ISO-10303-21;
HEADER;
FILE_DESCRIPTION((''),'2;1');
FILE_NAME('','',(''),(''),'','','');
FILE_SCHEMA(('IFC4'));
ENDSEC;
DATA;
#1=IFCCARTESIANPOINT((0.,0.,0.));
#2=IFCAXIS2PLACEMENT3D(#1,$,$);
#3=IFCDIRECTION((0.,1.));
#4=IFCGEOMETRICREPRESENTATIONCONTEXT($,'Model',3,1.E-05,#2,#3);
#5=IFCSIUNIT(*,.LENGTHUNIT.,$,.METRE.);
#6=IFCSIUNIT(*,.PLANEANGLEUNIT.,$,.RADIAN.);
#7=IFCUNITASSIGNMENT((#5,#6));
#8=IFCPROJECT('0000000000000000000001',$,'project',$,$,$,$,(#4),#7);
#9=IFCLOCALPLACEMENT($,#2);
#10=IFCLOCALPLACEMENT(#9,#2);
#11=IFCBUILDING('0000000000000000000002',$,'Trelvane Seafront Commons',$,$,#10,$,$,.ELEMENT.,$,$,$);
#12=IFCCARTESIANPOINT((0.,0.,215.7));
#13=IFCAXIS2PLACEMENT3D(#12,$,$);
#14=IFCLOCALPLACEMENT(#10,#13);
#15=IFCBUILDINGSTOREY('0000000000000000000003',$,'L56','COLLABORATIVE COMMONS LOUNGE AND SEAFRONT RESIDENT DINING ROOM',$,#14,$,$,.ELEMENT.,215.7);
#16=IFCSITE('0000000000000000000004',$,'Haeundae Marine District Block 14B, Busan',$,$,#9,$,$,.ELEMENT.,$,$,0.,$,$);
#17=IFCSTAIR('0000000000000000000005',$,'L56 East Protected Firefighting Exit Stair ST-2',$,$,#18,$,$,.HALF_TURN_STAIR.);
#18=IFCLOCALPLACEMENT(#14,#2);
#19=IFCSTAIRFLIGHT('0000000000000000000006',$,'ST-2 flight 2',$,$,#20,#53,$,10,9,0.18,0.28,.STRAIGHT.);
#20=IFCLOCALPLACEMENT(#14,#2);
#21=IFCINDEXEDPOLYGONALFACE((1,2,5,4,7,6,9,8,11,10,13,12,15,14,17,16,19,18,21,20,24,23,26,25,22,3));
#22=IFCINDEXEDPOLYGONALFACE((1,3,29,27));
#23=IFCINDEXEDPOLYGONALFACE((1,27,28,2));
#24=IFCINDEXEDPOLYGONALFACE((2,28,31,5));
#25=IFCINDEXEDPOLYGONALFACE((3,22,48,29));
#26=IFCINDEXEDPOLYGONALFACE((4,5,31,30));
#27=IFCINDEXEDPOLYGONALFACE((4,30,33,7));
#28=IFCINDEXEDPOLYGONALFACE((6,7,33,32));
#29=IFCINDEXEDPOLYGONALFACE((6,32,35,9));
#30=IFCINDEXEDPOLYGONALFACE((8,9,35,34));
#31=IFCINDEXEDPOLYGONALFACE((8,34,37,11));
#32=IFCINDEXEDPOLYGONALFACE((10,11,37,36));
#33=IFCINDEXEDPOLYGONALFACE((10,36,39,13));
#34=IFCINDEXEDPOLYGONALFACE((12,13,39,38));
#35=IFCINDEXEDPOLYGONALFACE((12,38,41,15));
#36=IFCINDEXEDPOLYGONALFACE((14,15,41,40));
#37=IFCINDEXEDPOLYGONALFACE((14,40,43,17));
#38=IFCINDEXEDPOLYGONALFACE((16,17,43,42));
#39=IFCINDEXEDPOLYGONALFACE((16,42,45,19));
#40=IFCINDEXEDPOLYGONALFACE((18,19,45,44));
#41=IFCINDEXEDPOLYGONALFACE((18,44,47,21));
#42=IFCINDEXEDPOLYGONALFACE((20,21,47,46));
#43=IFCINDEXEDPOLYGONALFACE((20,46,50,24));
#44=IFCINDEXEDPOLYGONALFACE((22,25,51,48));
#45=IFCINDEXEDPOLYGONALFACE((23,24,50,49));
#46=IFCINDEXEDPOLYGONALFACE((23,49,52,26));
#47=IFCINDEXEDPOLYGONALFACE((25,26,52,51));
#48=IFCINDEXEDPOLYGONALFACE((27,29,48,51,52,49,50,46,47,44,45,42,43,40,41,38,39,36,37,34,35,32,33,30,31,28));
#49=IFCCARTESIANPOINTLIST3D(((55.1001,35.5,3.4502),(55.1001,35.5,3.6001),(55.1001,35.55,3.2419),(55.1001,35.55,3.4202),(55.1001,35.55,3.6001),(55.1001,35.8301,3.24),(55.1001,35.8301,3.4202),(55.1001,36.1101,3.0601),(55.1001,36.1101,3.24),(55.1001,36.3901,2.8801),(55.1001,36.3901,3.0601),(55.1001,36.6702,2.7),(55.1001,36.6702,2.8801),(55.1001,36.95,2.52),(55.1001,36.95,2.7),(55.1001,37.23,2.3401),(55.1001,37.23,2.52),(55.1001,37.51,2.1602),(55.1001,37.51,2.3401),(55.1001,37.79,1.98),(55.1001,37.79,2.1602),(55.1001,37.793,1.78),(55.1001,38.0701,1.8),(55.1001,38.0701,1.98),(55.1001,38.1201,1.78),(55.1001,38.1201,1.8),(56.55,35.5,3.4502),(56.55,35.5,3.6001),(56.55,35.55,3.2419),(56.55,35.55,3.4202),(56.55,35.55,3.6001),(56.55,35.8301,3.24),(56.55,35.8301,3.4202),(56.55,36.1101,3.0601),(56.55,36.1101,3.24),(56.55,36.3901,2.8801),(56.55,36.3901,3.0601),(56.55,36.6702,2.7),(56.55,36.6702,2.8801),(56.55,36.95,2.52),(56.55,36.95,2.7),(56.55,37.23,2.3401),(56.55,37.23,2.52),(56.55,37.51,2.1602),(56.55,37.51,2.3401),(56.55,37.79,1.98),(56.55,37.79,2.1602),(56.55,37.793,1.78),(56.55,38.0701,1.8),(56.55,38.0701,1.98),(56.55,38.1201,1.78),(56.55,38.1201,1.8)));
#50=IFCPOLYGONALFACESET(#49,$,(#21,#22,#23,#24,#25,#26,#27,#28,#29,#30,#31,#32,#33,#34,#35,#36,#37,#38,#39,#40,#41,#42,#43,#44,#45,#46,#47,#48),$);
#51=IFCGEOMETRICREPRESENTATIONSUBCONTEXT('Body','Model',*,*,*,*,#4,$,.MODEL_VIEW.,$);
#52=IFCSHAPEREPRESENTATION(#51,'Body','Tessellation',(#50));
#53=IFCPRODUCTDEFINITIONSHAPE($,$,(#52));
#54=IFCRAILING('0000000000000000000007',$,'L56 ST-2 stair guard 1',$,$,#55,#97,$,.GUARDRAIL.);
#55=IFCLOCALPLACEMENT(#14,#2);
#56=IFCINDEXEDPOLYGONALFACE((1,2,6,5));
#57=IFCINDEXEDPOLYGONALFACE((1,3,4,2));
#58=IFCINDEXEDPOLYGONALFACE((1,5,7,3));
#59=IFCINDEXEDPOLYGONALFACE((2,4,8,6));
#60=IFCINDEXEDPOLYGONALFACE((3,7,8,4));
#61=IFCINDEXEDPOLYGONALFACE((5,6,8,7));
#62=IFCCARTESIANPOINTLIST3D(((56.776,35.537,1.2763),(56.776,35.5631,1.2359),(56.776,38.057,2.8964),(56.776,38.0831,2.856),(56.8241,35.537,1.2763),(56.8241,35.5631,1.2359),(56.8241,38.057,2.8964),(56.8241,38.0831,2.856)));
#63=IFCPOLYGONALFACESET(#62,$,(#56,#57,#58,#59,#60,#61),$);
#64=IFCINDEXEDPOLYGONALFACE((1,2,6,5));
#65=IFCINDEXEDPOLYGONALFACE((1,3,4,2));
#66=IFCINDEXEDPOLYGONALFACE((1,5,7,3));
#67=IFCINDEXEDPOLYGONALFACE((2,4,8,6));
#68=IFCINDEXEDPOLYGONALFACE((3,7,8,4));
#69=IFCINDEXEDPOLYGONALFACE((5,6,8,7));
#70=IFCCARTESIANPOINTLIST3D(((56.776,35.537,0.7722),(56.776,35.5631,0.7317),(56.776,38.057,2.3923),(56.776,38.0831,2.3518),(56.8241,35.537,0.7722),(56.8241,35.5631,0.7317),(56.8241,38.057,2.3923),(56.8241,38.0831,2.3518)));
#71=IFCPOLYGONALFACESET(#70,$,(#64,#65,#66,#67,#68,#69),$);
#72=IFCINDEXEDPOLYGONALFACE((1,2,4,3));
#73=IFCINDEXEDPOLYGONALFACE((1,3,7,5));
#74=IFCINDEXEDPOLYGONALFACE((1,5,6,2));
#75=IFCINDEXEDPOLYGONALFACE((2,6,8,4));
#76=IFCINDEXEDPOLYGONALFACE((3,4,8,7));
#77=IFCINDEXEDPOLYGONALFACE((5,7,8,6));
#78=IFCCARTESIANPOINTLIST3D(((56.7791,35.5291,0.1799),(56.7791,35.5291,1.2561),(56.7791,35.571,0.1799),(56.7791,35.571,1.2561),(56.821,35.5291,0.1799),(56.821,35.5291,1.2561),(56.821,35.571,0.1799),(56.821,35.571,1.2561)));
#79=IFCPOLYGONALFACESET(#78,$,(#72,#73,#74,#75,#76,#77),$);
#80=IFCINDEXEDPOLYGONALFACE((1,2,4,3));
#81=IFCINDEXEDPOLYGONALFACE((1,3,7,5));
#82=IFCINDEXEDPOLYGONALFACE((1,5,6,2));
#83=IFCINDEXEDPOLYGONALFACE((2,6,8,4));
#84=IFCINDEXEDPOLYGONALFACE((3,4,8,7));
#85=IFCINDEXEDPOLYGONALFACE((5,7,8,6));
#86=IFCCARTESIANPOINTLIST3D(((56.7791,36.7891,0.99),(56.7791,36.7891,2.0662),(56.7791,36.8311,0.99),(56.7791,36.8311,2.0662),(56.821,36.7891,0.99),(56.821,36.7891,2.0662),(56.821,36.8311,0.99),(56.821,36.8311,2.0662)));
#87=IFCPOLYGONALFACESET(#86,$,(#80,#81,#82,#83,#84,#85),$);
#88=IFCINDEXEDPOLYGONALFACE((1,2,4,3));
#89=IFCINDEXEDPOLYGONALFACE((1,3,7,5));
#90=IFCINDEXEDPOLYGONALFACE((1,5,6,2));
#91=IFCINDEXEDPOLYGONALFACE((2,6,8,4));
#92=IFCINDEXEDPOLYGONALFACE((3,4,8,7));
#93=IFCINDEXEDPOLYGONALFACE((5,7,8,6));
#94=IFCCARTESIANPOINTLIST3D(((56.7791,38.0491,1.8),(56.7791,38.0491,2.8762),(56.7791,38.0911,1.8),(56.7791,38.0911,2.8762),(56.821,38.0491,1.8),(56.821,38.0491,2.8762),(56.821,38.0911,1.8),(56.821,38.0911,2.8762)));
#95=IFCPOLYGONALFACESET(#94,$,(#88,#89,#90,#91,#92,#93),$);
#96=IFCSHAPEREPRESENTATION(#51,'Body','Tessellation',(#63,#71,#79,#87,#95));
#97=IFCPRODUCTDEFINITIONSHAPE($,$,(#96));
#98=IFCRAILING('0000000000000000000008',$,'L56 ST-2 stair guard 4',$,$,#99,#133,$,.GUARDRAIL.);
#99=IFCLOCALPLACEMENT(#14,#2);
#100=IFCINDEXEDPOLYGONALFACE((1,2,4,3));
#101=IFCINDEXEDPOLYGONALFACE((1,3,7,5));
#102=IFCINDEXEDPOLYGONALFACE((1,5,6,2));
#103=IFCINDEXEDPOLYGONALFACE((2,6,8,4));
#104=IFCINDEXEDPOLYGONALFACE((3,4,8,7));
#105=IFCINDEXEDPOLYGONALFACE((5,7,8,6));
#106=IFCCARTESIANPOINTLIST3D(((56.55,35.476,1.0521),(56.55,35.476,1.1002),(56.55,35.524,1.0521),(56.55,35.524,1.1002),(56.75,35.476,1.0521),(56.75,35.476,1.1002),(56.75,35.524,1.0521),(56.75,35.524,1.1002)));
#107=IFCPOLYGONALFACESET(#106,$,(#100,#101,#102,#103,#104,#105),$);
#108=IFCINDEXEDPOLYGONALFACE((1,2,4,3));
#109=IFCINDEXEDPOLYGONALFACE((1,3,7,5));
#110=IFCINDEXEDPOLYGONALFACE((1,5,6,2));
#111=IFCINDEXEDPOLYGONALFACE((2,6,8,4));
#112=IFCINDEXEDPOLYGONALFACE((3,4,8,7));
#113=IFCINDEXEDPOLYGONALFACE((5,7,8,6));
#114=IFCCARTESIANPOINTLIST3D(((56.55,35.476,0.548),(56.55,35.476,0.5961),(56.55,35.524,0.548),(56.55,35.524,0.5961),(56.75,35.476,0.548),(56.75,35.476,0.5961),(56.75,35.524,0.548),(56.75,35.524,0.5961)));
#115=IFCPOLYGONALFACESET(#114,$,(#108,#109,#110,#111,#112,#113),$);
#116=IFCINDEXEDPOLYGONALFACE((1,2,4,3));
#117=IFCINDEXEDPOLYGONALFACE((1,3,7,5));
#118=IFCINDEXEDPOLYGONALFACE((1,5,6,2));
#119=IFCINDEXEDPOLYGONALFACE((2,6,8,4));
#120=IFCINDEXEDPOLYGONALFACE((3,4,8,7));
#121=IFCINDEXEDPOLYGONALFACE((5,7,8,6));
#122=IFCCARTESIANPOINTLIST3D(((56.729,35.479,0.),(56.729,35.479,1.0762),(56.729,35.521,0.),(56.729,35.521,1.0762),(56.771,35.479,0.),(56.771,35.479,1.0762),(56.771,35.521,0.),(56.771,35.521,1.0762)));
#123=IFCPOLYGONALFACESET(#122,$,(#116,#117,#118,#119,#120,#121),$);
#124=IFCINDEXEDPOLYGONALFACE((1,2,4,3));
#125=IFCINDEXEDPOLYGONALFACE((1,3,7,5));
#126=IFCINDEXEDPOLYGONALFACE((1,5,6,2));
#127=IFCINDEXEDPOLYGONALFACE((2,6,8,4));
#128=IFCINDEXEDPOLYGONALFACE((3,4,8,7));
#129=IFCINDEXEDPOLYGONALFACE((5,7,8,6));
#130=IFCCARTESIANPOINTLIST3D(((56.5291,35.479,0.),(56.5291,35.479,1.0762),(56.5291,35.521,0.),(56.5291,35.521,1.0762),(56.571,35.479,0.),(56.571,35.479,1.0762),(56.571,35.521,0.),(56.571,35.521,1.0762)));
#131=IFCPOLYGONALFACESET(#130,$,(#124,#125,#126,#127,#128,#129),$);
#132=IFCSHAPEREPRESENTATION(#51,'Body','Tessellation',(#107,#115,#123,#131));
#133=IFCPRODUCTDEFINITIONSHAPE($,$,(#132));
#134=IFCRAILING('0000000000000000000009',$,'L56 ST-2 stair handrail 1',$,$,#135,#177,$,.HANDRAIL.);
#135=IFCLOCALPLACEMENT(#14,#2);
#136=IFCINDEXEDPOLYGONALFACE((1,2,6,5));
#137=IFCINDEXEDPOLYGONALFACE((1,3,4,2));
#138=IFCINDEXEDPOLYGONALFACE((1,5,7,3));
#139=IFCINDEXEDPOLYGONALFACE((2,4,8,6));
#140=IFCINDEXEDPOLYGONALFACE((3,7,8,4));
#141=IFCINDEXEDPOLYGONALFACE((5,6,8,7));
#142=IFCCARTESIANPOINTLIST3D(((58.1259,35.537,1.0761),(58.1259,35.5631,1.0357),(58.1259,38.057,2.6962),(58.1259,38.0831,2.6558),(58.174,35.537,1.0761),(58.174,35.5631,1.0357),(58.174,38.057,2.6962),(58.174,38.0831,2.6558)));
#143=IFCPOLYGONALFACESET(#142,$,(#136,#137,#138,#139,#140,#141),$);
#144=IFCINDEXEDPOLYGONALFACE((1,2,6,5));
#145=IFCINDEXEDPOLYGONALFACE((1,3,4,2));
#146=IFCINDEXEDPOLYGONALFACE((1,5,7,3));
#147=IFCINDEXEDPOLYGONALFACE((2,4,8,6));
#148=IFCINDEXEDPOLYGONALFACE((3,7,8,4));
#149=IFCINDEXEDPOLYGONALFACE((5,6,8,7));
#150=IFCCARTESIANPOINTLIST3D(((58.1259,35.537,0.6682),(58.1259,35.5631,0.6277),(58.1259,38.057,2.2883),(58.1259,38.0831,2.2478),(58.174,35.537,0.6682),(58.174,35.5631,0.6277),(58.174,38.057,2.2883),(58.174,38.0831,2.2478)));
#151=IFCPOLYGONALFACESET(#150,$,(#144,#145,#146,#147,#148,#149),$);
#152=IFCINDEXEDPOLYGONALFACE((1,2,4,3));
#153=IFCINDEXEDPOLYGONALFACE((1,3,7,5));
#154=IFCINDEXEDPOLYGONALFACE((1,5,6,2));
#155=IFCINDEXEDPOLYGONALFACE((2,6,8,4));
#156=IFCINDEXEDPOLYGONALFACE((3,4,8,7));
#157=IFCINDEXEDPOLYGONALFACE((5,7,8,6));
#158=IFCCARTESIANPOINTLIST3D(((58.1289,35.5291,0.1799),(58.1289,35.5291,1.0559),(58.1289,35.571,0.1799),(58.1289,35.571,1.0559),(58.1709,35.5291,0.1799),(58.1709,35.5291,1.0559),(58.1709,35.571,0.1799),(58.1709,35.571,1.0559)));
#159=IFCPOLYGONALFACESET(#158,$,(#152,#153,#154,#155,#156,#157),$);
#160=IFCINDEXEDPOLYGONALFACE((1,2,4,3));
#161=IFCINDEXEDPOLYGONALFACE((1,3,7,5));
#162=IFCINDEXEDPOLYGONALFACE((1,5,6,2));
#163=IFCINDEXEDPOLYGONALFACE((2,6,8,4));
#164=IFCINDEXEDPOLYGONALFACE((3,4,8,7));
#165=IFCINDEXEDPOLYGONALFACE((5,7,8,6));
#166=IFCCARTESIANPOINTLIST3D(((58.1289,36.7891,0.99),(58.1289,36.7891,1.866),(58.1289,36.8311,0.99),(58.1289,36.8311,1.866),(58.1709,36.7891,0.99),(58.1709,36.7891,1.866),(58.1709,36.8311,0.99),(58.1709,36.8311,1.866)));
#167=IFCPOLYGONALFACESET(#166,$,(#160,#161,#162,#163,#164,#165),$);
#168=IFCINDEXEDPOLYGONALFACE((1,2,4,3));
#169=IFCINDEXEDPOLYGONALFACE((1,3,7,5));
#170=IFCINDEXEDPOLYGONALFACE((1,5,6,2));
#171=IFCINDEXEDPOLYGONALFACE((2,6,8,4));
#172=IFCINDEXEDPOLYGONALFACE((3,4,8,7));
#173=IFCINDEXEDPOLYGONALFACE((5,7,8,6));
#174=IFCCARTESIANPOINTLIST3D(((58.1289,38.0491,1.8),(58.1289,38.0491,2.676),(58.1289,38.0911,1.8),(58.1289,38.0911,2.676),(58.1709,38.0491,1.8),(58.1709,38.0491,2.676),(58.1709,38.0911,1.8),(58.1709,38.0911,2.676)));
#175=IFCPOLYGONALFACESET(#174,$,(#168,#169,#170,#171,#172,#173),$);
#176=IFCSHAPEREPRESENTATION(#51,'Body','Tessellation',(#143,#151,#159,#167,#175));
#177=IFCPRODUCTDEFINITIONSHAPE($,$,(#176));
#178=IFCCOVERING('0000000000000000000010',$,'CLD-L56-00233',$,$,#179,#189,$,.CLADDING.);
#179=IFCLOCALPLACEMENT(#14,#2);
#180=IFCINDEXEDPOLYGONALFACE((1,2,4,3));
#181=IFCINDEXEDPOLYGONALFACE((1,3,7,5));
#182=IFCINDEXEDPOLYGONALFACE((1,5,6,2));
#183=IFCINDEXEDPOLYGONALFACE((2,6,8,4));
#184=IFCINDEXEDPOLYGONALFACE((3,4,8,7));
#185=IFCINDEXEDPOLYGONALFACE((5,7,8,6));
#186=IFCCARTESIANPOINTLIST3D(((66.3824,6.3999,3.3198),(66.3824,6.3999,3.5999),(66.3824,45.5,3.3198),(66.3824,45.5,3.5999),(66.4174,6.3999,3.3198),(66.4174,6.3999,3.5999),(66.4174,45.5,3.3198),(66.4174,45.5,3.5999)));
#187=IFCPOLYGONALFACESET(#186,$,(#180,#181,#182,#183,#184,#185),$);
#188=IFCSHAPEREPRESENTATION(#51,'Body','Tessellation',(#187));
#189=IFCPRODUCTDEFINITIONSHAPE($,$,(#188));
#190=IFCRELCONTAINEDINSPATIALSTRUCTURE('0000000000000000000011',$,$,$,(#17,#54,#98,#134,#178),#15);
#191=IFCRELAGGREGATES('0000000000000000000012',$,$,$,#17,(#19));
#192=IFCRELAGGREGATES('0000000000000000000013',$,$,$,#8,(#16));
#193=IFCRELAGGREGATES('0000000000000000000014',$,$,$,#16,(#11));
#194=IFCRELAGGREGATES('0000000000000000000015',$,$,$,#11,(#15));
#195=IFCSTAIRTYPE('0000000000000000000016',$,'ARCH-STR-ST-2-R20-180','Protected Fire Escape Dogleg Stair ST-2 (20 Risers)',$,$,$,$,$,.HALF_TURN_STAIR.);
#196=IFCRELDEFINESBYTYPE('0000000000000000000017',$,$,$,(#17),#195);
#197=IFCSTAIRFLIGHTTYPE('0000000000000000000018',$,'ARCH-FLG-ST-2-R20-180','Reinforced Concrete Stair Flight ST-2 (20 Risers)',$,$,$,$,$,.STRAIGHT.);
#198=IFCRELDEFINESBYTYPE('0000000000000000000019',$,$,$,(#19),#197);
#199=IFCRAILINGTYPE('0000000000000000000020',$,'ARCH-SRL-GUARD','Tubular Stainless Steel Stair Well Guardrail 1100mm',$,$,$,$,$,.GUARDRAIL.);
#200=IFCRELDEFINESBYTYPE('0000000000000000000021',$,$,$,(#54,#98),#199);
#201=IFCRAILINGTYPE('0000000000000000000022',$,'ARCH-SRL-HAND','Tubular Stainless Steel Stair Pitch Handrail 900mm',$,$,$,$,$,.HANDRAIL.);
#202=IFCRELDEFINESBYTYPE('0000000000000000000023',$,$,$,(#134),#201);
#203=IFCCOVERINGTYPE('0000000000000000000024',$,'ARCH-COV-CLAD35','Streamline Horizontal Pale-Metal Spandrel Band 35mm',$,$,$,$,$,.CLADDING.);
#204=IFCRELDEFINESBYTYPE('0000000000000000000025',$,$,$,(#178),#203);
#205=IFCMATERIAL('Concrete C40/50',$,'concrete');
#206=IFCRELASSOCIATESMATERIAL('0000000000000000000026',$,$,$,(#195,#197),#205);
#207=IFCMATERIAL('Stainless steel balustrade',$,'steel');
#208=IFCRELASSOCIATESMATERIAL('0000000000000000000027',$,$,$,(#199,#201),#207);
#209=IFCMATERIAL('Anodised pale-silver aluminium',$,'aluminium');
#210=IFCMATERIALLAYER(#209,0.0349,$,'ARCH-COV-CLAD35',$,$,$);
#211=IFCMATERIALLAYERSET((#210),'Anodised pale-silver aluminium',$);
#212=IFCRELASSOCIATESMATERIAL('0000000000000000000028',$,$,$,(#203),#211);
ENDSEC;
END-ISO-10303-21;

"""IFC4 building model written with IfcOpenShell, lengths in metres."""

from ifc_helpers import new_model, si_unit, direction, frame, origin, origin_2d, place, context, subcontext, project, spatial, polyline, rectangle, outline, extrude, source, transform, mapped, material, layer, layer_set, type_object, element, aggregate, save


model = new_model("IFC4")

# Units and contexts
model_context = context("Model", 3, precision=1e-05, world=origin(), true_north=direction((0.0, 1.0)))
body_context = subcontext(model_context, "Body", "Model", "MODEL_VIEW")
ifc_project = project(units=[si_unit("LENGTHUNIT", "METRE"), si_unit("PLANEANGLEUNIT", "RADIAN")], contexts=[model_context])

# Site, building, storey
site_placement = place(None, origin())
site = spatial("IfcSite", under=ifc_project, at=site_placement, Name="Haeundae Marine District Block 14B, Busan", CompositionType="ELEMENT", RefElevation=0.0)
building_placement = place(site_placement, origin())
building = spatial("IfcBuilding", under=site, at=building_placement, Name="Trelvane Seafront Commons", CompositionType="ELEMENT")
storey_placement = place(building_placement, frame((0.0, 0.0, 215.7)))
storey = spatial("IfcBuildingStorey", under=building, at=storey_placement, Name="L56", Description="COLLABORATIVE COMMONS LOUNGE AND SEAFRONT RESIDENT DINING ROOM", CompositionType="ELEMENT", Elevation=215.7)

# Shared definitions
ifc_material_1 = material(Name="Anodised pale-silver aluminium", Category="aluminium")

# Stair, stair flight
ifc_material_2 = material(Name="Concrete C40/50", Category="concrete")
stair_type = type_object("IfcStairType", Name="ARCH-STR-ST-2-R20-180", Description="Protected Fire Escape Dogleg Stair ST-2 (20 Risers)", PredefinedType="HALF_TURN_STAIR", material=ifc_material_2)
stair_placement = place(storey_placement, origin())
stair = element("IfcStair", 1, at=stair_placement, inside=storey, type_object=stair_type, Name="L56 East Protected Firefighting Exit Stair ST-2", PredefinedType="HALF_TURN_STAIR")
stair_flight_type = type_object("IfcStairFlightType", Name="ARCH-FLG-ST-2-R20-180", Description="Reinforced Concrete Stair Flight ST-2 (20 Risers)", PredefinedType="STRAIGHT", material=ifc_material_2)
shared_shape_1 = source(origin(), body_context, "Body", "SweptSolid", [
    extrude(outline(polyline([(-0.05, -0.02), (-0.05, 0.0), (0.0, 0.0), (0.0, 0.1799), (0.28, 0.1799), (0.28, 0.3601), (0.5601, 0.3601), (0.5601, 0.54), (0.8401, 0.54), (0.8401, 0.72), (1.1201, 0.72), (1.1201, 0.8999), (1.3999, 0.8999), (1.3999, 1.0801), (1.6799, 1.0801), (1.6799, 1.26), (1.96, 1.26), (1.96, 1.4399), (2.24, 1.4399), (2.24, 1.6201), (2.52, 1.6201), (2.52, 1.8), (2.5701, 1.8), (2.5701, 1.6501), (2.52, 1.4419), (0.2771, -0.02), (-0.05, -0.02)])), frame((0.0, 0.7251, 0.0), z_axis=(0.0, -1.0, 0.0), x_axis=(1.0, 0.0, 0.0)), (0.0, 0.0, 1.0), 1.45),
])
stair_flight_1_placement = place(storey_placement, frame((55.825, 38.0701, 1.8), z_axis=(0.0, 0.0, 1.0), x_axis=(0.0, -1.0, 0.0)))
stair_flight_1 = element("IfcStairFlight", 2, at=stair_flight_1_placement, type_object=stair_flight_type, Name="ST-2 flight 2", NumberOfRisers=10, NumberOfTreads=9, PredefinedType="STRAIGHT", RiserHeight=0.18, TreadLength=0.28, context=body_context, shape_type="MappedRepresentation", body=[
    mapped(shared_shape_1, transform((0.0, 0.0, 0.0), x_axis=(1.0, 0.0, 0.0), y_axis=(0.0, 1.0, 0.0), z_axis=(0.0, 0.0, 1.0), scale=1.0)),
])
aggregate(stair, [stair_flight_1])

# Railings
ifc_material_3 = material(Name="Stainless steel balustrade", Category="steel")
railing_type_1 = type_object("IfcRailingType", Name="ARCH-SRL-GUARD", Description="Tubular Stainless Steel Stair Well Guardrail 1100mm", PredefinedType="GUARDRAIL", material=ifc_material_3)
railing_1_placement = place(storey_placement, frame((56.8, 35.55, 0.1799)))
element("IfcRailing", 3, at=railing_1_placement, inside=storey, type_object=railing_type_1, Name="L56 ST-2 stair guard 1", PredefinedType="GUARDRAIL", context=body_context, shape_type="SweptSolid", body=[
    extrude(rectangle(XDim=0.0481, YDim=0.0481, at=origin_2d()), frame((0.0, 0.0, 1.0762), z_axis=(0.0, 0.841163, 0.540782), x_axis=(-1.0, 0.0, 0.0)), (0.0, 0.0, 1.0), 2.9958),
    extrude(rectangle(XDim=0.0481, YDim=0.0481, at=origin_2d()), frame((0.0, 0.0, 0.572), z_axis=(0.0, 0.841163, 0.540782), x_axis=(-1.0, 0.0, 0.0)), (0.0, 0.0, 1.0), 2.9958),
    extrude(rectangle(XDim=0.042, YDim=0.042, at=origin_2d()), origin(), (0.0, 0.0, 1.0), 1.0762),
    extrude(rectangle(XDim=0.042, YDim=0.042, at=origin_2d()), frame((0.0, 1.26, 0.8101)), (0.0, 0.0, 1.0), 1.0762),
    extrude(rectangle(XDim=0.042, YDim=0.042, at=origin_2d()), frame((0.0, 2.52, 1.6201)), (0.0, 0.0, 1.0), 1.0762),
])
railing_2_placement = place(storey_placement, frame((56.75, 35.5, 0.0)))
element("IfcRailing", 4, at=railing_2_placement, inside=storey, type_object=railing_type_1, Name="L56 ST-2 stair guard 4", PredefinedType="GUARDRAIL", context=body_context, shape_type="SweptSolid", body=[
    extrude(rectangle(XDim=0.0481, YDim=0.0481, at=origin_2d()), frame((0.0, 0.0, 1.0762), z_axis=(-1.0, 0.0, 0.0), x_axis=(0.0, -1.0, 0.0)), (0.0, 0.0, 1.0), 0.2),
    extrude(rectangle(XDim=0.0481, YDim=0.0481, at=origin_2d()), frame((0.0, 0.0, 0.572), z_axis=(-1.0, 0.0, 0.0), x_axis=(0.0, -1.0, 0.0)), (0.0, 0.0, 1.0), 0.2),
    extrude(rectangle(XDim=0.042, YDim=0.042, at=origin_2d()), origin(), (0.0, 0.0, 1.0), 1.0762),
    extrude(rectangle(XDim=0.042, YDim=0.042, at=origin_2d()), frame((-0.2, 0.0, 0.0)), (0.0, 0.0, 1.0), 1.0762),
])
railing_type_2 = type_object("IfcRailingType", Name="ARCH-SRL-HAND", Description="Tubular Stainless Steel Stair Pitch Handrail 900mm", PredefinedType="HANDRAIL", material=ifc_material_3)
railing_3_placement = place(storey_placement, frame((58.1499, 35.55, 0.1799)))
element("IfcRailing", 5, at=railing_3_placement, inside=storey, type_object=railing_type_2, Name="L56 ST-2 stair handrail 1", PredefinedType="HANDRAIL", context=body_context, shape_type="SweptSolid", body=[
    extrude(rectangle(XDim=0.0481, YDim=0.0481, at=origin_2d()), frame((0.0, 0.0, 0.876), z_axis=(0.0, 0.841163, 0.540782), x_axis=(-1.0, 0.0, 0.0)), (0.0, 0.0, 1.0), 2.9958),
    extrude(rectangle(XDim=0.0481, YDim=0.0481, at=origin_2d()), frame((0.0, 0.0, 0.468), z_axis=(0.0, 0.841163, 0.540782), x_axis=(-1.0, 0.0, 0.0)), (0.0, 0.0, 1.0), 2.9958),
    extrude(rectangle(XDim=0.042, YDim=0.042, at=origin_2d()), origin(), (0.0, 0.0, 1.0), 0.876),
    extrude(rectangle(XDim=0.042, YDim=0.042, at=origin_2d()), frame((0.0, 1.26, 0.8101)), (0.0, 0.0, 1.0), 0.876),
    extrude(rectangle(XDim=0.042, YDim=0.042, at=origin_2d()), frame((0.0, 2.52, 1.6201)), (0.0, 0.0, 1.0), 0.876),
])

# Covering
ifc_layer_1 = layer(ifc_material_1, 0.0349, Name="ARCH-COV-CLAD35")
ifc_layer_set_1 = layer_set([ifc_layer_1], Name="Anodised pale-silver aluminium")
covering_type = type_object("IfcCoveringType", Name="ARCH-COV-CLAD35", Description="Streamline Horizontal Pale-Metal Spandrel Band 35mm", PredefinedType="CLADDING", material=ifc_layer_set_1)
shared_shape_2 = source(origin(), body_context, "Body", "SweptSolid", [
    extrude(rectangle(XDim=39.1001, YDim=0.0349, at=origin_2d()), origin(), (0.0, 0.0, 1.0), 0.28),
])
covering_placement = place(storey_placement, frame((66.3999, 25.95, 3.3198), z_axis=(0.0, 0.0, 1.0), x_axis=(0.0, -1.0, 0.0)))
element("IfcCovering", 6, at=covering_placement, inside=storey, type_object=covering_type, Name="CLD-L56-00233", PredefinedType="CLADDING", context=body_context, shape_type="MappedRepresentation", body=[
    mapped(shared_shape_2, transform((0.0, 0.0, 0.0), x_axis=(1.0, 0.0, 0.0), y_axis=(0.0, 1.0, 0.0), z_axis=(0.0, 0.0, 1.0), scale=1.0)),
])

save(model, "model.ifc")
